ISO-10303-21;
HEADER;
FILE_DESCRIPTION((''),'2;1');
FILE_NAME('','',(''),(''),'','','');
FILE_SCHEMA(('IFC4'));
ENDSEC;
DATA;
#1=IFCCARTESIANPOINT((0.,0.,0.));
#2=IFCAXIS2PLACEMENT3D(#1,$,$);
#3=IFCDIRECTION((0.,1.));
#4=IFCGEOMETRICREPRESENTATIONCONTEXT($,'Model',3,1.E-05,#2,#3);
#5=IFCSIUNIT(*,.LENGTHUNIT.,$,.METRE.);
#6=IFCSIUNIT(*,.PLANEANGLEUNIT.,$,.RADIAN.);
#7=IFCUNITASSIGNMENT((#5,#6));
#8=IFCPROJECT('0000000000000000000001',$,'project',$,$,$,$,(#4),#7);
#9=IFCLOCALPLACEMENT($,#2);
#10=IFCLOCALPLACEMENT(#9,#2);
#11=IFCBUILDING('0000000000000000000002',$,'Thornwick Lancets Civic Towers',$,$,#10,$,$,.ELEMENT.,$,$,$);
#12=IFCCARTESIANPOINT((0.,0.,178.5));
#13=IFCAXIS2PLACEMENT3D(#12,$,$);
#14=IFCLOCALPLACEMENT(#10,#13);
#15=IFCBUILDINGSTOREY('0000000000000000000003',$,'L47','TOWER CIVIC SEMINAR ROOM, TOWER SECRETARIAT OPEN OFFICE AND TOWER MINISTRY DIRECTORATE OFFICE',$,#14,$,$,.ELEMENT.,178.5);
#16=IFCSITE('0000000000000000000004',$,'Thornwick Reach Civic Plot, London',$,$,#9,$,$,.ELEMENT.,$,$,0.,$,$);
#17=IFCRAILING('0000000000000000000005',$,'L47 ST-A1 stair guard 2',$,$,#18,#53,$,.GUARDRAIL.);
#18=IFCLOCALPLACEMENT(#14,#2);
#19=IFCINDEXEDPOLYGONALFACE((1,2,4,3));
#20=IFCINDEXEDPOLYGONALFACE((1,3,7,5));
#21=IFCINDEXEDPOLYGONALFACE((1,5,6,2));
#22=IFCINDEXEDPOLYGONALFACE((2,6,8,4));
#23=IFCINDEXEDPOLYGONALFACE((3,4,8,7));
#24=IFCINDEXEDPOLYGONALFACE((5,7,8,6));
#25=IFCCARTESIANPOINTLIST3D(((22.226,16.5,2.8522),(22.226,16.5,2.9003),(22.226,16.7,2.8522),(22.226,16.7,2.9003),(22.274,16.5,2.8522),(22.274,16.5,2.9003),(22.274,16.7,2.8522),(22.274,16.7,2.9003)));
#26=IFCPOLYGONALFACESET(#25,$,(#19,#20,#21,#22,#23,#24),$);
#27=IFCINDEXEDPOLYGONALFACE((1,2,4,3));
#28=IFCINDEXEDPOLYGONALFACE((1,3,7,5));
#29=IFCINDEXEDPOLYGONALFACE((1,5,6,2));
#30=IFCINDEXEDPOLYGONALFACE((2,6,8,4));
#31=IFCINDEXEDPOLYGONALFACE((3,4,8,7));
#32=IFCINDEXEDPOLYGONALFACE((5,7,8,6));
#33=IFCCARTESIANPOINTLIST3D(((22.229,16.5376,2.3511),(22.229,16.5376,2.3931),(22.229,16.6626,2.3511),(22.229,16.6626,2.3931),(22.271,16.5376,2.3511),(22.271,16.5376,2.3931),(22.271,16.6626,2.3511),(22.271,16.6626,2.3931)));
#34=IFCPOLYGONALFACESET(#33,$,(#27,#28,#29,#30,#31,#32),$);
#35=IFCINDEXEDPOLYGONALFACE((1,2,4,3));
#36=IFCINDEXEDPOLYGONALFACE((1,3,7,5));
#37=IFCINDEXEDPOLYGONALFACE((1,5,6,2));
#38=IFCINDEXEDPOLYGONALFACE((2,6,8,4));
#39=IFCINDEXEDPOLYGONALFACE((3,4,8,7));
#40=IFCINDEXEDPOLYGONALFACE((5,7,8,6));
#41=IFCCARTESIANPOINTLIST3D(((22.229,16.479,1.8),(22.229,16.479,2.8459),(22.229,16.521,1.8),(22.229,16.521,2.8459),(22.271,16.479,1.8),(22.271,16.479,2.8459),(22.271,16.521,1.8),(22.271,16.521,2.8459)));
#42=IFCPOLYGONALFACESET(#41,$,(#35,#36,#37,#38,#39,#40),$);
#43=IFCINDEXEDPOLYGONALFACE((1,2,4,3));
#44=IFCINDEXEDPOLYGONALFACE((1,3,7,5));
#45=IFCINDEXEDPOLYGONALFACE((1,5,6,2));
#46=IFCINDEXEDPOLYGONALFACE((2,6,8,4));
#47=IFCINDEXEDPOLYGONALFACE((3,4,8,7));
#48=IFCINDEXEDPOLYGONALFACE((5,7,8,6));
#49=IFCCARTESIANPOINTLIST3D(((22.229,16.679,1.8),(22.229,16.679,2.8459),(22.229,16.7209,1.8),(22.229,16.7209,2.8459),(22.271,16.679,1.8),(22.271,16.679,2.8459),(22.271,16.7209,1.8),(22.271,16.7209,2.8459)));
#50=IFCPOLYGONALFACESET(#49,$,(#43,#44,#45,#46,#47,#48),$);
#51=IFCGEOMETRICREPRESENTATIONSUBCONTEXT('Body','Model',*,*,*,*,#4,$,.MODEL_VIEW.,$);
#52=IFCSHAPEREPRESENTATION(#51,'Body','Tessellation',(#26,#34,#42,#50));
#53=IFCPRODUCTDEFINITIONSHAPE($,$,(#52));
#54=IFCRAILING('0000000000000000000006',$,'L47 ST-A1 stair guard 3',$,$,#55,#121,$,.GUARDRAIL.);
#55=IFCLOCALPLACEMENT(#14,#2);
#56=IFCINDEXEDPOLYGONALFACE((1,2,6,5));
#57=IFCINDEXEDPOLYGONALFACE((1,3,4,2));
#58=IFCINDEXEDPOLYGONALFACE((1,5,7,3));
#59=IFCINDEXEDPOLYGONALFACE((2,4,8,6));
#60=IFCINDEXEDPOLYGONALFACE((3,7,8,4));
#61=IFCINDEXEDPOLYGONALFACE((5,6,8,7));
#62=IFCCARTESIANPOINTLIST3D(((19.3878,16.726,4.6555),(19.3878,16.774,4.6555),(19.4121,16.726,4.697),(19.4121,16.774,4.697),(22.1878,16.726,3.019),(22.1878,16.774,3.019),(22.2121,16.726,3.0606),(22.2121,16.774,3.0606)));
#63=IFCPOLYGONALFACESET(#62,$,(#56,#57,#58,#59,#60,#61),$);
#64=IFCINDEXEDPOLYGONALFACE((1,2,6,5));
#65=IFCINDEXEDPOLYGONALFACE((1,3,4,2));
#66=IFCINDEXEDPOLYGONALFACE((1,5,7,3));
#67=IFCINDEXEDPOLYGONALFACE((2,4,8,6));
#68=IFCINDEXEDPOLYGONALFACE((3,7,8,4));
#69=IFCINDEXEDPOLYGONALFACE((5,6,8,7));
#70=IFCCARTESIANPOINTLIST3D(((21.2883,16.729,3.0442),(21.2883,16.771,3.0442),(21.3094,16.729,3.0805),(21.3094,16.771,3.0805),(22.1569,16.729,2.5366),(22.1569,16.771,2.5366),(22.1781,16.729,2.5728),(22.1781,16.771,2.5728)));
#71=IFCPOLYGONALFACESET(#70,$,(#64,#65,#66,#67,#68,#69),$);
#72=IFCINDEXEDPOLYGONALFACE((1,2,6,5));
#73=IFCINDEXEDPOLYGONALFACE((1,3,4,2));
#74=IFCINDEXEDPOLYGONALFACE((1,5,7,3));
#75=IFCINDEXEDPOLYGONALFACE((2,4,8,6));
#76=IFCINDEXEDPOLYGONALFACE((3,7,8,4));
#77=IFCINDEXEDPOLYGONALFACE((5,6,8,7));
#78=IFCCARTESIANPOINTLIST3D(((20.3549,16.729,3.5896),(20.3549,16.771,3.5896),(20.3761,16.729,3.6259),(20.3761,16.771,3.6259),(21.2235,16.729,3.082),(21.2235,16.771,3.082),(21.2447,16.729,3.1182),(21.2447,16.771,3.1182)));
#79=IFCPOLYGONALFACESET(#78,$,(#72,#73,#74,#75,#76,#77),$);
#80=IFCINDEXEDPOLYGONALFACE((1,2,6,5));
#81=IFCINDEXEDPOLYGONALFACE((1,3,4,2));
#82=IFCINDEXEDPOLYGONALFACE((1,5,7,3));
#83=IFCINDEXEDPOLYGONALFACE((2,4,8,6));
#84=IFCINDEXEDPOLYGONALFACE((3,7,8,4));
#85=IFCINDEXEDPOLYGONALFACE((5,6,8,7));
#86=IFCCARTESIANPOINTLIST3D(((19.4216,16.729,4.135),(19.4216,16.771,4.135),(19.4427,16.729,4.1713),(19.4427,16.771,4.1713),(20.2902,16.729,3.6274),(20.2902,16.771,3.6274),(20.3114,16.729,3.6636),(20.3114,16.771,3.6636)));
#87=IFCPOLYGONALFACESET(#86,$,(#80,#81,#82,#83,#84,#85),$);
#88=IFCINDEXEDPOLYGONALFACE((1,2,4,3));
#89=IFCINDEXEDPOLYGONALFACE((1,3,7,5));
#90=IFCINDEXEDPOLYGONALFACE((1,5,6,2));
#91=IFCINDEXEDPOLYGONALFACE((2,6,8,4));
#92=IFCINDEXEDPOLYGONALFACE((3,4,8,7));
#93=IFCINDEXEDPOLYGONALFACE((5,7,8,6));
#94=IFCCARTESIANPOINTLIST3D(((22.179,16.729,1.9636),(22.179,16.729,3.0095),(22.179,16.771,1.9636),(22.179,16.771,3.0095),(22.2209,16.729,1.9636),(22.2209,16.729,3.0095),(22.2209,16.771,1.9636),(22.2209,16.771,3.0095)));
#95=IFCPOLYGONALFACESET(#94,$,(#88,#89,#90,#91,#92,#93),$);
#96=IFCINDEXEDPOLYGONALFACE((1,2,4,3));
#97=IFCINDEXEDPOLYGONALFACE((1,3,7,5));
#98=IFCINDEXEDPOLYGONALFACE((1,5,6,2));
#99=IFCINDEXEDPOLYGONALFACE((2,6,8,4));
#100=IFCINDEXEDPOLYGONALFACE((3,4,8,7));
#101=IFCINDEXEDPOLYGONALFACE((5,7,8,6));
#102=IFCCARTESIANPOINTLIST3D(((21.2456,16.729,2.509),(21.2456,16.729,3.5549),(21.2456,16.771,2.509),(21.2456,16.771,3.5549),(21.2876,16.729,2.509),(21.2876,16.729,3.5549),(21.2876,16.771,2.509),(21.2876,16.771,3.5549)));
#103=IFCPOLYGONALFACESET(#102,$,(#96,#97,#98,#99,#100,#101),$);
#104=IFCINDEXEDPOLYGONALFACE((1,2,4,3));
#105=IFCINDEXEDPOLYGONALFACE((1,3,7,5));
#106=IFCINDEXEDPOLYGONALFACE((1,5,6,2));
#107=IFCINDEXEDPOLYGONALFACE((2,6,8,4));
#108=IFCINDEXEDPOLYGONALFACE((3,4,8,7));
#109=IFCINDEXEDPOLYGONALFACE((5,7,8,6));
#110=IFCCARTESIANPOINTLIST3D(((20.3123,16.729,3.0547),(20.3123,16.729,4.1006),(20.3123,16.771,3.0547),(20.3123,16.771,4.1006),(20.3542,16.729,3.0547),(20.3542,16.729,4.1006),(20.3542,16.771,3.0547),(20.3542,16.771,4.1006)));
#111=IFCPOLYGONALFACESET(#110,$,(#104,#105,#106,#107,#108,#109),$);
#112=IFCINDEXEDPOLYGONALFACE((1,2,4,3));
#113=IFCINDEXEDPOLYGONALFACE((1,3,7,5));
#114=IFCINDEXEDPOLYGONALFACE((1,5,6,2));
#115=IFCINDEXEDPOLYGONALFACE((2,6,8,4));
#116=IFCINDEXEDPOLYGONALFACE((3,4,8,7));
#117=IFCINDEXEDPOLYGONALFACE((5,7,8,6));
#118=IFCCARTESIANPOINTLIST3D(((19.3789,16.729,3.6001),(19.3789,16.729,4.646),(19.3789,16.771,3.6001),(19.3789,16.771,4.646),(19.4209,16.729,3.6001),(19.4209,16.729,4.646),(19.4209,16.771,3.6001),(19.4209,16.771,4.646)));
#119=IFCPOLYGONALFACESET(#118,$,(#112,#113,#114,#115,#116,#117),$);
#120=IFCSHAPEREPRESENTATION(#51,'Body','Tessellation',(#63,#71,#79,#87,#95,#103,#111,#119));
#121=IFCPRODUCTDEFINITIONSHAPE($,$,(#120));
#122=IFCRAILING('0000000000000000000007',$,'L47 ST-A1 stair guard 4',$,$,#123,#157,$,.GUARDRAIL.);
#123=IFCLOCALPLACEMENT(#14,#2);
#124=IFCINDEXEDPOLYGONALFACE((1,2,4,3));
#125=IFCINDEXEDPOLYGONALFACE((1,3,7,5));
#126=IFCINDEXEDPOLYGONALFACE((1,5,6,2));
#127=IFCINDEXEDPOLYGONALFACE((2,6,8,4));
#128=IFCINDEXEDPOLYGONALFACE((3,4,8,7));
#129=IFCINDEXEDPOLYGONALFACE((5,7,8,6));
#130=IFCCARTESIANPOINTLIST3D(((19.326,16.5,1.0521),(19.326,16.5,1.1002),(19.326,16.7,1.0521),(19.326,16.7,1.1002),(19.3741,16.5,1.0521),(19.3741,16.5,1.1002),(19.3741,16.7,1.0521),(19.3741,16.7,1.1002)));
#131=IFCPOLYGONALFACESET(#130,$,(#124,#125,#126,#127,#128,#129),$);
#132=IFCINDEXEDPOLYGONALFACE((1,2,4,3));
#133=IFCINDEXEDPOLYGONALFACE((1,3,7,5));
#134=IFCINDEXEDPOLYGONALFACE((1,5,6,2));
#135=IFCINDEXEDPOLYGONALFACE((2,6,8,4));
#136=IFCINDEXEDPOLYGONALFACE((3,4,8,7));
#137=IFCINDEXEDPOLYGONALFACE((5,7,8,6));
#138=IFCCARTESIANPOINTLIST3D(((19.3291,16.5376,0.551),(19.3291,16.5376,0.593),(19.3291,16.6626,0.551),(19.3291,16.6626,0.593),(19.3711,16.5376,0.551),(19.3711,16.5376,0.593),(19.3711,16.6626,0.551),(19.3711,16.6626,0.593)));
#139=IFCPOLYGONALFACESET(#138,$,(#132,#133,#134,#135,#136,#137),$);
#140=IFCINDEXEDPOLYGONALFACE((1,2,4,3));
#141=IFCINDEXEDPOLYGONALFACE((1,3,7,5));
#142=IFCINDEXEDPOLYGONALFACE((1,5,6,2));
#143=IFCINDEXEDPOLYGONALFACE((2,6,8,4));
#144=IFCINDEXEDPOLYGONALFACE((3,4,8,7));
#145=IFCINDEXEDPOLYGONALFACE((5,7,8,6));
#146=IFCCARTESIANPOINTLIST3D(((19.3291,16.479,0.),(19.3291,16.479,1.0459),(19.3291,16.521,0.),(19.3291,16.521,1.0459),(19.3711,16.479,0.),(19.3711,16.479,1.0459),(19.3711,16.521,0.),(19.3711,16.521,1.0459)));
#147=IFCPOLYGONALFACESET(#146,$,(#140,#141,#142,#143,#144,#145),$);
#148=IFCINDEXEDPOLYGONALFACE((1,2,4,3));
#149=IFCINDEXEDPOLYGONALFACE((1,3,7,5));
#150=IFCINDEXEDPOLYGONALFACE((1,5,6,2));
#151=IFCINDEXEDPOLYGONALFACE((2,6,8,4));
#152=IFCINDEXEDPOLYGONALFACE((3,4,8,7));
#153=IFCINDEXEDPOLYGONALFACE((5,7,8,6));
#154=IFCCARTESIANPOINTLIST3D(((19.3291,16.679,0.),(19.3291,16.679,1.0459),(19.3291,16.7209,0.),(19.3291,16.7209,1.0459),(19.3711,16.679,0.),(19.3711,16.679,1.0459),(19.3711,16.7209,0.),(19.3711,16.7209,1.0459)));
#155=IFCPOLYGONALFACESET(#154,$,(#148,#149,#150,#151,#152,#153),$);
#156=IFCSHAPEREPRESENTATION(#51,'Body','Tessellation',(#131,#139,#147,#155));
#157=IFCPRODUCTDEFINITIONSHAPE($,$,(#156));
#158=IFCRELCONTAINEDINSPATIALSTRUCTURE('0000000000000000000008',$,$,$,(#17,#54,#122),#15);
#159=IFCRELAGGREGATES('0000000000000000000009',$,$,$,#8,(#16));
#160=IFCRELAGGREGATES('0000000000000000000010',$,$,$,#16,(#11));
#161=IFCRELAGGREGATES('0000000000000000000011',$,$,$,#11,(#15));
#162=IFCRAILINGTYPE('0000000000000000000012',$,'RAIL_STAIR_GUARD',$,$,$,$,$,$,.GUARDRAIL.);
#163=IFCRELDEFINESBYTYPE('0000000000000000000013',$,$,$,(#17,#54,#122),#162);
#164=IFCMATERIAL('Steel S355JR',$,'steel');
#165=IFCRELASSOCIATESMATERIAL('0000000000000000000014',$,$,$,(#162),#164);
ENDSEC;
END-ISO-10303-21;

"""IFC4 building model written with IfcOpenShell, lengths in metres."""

from ifc_helpers import new_model, si_unit, direction, frame, origin, origin_2d, place, context, subcontext, project, spatial, rectangle, extrude, material, type_object, element, save


model = new_model("IFC4")

# Units and contexts
model_context = context("Model", 3, precision=1e-05, world=origin(), true_north=direction((0.0, 1.0)))
body_context = subcontext(model_context, "Body", "Model", "MODEL_VIEW")
ifc_project = project(units=[si_unit("LENGTHUNIT", "METRE"), si_unit("PLANEANGLEUNIT", "RADIAN")], contexts=[model_context])

# Site, building, storey
site_placement = place(None, origin())
site = spatial("IfcSite", under=ifc_project, at=site_placement, Name="Thornwick Reach Civic Plot, London", CompositionType="ELEMENT", RefElevation=0.0)
building_placement = place(site_placement, origin())
building = spatial("IfcBuilding", under=site, at=building_placement, Name="Thornwick Lancets Civic Towers", CompositionType="ELEMENT")
storey_placement = place(building_placement, frame((0.0, 0.0, 178.5)))
storey = spatial("IfcBuildingStorey", under=building, at=storey_placement, Name="L47", Description="TOWER CIVIC SEMINAR ROOM, TOWER SECRETARIAT OPEN OFFICE AND TOWER MINISTRY DIRECTORATE OFFICE", CompositionType="ELEMENT", Elevation=178.5)

# Shared definitions
ifc_material_1 = material(Name="Steel S355JR", Category="steel")

# Railings
railing_type_1 = type_object("IfcRailingType", Name="RAIL_STAIR_GUARD", PredefinedType="GUARDRAIL", material=ifc_material_1)
railing_1_placement = place(storey_placement, frame((22.25, 16.5, 1.8)))
element("IfcRailing", 1, at=railing_1_placement, inside=storey, type_object=railing_type_1, Name="L47 ST-A1 stair guard 2", PredefinedType="GUARDRAIL", context=body_context, shape_type="SweptSolid", body=[
    extrude(rectangle(XDim=0.0481, YDim=0.0481, at=origin_2d()), frame((0.0, 0.0, 1.0762), z_axis=(0.0, 1.0, 0.0), x_axis=(-1.0, 0.0, 0.0)), (0.0, 0.0, 1.0), 0.2),
    extrude(rectangle(XDim=0.042, YDim=0.042, at=origin_2d()), frame((0.0, 0.0376, 0.572), z_axis=(0.0, 1.0, 0.0), x_axis=(-1.0, 0.0, 0.0)), (0.0, 0.0, 1.0), 0.125),
    extrude(rectangle(XDim=0.042, YDim=0.042, at=origin_2d()), origin(), (0.0, 0.0, 1.0), 1.0459),
    extrude(rectangle(XDim=0.042, YDim=0.042, at=origin_2d()), frame((0.0, 0.2, 0.0)), (0.0, 0.0, 1.0), 1.0459),
])
railing_2_placement = place(storey_placement, frame((22.2, 16.75, 1.9636)))
element("IfcRailing", 2, at=railing_2_placement, inside=storey, type_object=railing_type_1, Name="L47 ST-A1 stair guard 3", PredefinedType="GUARDRAIL", context=body_context, shape_type="SweptSolid", body=[
    extrude(rectangle(XDim=0.0481, YDim=0.0481, at=origin_2d()), frame((0.0, 0.0, 1.0762), z_axis=(-0.863361, 0.0, 0.504587), x_axis=(0.0, -1.0, 0.0)), (0.0, 0.0, 1.0), 3.2432),
    extrude(rectangle(XDim=0.042, YDim=0.042, at=origin_2d()), frame((-0.0325, 0.0, 0.5911), z_axis=(-0.863361, 0.0, 0.504587), x_axis=(0.0, -1.0, 0.0)), (0.0, 0.0, 1.0), 1.0061),
    extrude(rectangle(XDim=0.042, YDim=0.042, at=origin_2d()), frame((-0.9658, 0.0, 1.1365), z_axis=(-0.863361, 0.0, 0.504587), x_axis=(0.0, -1.0, 0.0)), (0.0, 0.0, 1.0), 1.0061),
    extrude(rectangle(XDim=0.042, YDim=0.042, at=origin_2d()), frame((-1.8992, 0.0, 1.6819), z_axis=(-0.863361, 0.0, 0.504587), x_axis=(0.0, -1.0, 0.0)), (0.0, 0.0, 1.0), 1.0061),
    extrude(rectangle(XDim=0.042, YDim=0.042, at=origin_2d()), origin(), (0.0, 0.0, 1.0), 1.0459),
    extrude(rectangle(XDim=0.042, YDim=0.042, at=origin_2d()), frame((-0.9333, 0.0, 0.5454)), (0.0, 0.0, 1.0), 1.0459),
    extrude(rectangle(XDim=0.042, YDim=0.042, at=origin_2d()), frame((-1.8667, 0.0, 1.0911)), (0.0, 0.0, 1.0), 1.0459),
    extrude(rectangle(XDim=0.042, YDim=0.042, at=origin_2d()), frame((-2.8, 0.0, 1.6365)), (0.0, 0.0, 1.0), 1.0459),
])
railing_3_placement = place(storey_placement, frame((19.3501, 16.5, 0.0)))
element("IfcRailing", 3, at=railing_3_placement, inside=storey, type_object=railing_type_1, Name="L47 ST-A1 stair guard 4", PredefinedType="GUARDRAIL", context=body_context, shape_type="SweptSolid", body=[
    extrude(rectangle(XDim=0.0481, YDim=0.0481, at=origin_2d()), frame((0.0, 0.0, 1.0762), z_axis=(0.0, 1.0, 0.0), x_axis=(-1.0, 0.0, 0.0)), (0.0, 0.0, 1.0), 0.2),
    extrude(rectangle(XDim=0.042, YDim=0.042, at=origin_2d()), frame((0.0, 0.0376, 0.572), z_axis=(0.0, 1.0, 0.0), x_axis=(-1.0, 0.0, 0.0)), (0.0, 0.0, 1.0), 0.125),
    extrude(rectangle(XDim=0.042, YDim=0.042, at=origin_2d()), origin(), (0.0, 0.0, 1.0), 1.0459),
    extrude(rectangle(XDim=0.042, YDim=0.042, at=origin_2d()), frame((0.0, 0.2, 0.0)), (0.0, 0.0, 1.0), 1.0459),
])

save(model, "model.ifc")
